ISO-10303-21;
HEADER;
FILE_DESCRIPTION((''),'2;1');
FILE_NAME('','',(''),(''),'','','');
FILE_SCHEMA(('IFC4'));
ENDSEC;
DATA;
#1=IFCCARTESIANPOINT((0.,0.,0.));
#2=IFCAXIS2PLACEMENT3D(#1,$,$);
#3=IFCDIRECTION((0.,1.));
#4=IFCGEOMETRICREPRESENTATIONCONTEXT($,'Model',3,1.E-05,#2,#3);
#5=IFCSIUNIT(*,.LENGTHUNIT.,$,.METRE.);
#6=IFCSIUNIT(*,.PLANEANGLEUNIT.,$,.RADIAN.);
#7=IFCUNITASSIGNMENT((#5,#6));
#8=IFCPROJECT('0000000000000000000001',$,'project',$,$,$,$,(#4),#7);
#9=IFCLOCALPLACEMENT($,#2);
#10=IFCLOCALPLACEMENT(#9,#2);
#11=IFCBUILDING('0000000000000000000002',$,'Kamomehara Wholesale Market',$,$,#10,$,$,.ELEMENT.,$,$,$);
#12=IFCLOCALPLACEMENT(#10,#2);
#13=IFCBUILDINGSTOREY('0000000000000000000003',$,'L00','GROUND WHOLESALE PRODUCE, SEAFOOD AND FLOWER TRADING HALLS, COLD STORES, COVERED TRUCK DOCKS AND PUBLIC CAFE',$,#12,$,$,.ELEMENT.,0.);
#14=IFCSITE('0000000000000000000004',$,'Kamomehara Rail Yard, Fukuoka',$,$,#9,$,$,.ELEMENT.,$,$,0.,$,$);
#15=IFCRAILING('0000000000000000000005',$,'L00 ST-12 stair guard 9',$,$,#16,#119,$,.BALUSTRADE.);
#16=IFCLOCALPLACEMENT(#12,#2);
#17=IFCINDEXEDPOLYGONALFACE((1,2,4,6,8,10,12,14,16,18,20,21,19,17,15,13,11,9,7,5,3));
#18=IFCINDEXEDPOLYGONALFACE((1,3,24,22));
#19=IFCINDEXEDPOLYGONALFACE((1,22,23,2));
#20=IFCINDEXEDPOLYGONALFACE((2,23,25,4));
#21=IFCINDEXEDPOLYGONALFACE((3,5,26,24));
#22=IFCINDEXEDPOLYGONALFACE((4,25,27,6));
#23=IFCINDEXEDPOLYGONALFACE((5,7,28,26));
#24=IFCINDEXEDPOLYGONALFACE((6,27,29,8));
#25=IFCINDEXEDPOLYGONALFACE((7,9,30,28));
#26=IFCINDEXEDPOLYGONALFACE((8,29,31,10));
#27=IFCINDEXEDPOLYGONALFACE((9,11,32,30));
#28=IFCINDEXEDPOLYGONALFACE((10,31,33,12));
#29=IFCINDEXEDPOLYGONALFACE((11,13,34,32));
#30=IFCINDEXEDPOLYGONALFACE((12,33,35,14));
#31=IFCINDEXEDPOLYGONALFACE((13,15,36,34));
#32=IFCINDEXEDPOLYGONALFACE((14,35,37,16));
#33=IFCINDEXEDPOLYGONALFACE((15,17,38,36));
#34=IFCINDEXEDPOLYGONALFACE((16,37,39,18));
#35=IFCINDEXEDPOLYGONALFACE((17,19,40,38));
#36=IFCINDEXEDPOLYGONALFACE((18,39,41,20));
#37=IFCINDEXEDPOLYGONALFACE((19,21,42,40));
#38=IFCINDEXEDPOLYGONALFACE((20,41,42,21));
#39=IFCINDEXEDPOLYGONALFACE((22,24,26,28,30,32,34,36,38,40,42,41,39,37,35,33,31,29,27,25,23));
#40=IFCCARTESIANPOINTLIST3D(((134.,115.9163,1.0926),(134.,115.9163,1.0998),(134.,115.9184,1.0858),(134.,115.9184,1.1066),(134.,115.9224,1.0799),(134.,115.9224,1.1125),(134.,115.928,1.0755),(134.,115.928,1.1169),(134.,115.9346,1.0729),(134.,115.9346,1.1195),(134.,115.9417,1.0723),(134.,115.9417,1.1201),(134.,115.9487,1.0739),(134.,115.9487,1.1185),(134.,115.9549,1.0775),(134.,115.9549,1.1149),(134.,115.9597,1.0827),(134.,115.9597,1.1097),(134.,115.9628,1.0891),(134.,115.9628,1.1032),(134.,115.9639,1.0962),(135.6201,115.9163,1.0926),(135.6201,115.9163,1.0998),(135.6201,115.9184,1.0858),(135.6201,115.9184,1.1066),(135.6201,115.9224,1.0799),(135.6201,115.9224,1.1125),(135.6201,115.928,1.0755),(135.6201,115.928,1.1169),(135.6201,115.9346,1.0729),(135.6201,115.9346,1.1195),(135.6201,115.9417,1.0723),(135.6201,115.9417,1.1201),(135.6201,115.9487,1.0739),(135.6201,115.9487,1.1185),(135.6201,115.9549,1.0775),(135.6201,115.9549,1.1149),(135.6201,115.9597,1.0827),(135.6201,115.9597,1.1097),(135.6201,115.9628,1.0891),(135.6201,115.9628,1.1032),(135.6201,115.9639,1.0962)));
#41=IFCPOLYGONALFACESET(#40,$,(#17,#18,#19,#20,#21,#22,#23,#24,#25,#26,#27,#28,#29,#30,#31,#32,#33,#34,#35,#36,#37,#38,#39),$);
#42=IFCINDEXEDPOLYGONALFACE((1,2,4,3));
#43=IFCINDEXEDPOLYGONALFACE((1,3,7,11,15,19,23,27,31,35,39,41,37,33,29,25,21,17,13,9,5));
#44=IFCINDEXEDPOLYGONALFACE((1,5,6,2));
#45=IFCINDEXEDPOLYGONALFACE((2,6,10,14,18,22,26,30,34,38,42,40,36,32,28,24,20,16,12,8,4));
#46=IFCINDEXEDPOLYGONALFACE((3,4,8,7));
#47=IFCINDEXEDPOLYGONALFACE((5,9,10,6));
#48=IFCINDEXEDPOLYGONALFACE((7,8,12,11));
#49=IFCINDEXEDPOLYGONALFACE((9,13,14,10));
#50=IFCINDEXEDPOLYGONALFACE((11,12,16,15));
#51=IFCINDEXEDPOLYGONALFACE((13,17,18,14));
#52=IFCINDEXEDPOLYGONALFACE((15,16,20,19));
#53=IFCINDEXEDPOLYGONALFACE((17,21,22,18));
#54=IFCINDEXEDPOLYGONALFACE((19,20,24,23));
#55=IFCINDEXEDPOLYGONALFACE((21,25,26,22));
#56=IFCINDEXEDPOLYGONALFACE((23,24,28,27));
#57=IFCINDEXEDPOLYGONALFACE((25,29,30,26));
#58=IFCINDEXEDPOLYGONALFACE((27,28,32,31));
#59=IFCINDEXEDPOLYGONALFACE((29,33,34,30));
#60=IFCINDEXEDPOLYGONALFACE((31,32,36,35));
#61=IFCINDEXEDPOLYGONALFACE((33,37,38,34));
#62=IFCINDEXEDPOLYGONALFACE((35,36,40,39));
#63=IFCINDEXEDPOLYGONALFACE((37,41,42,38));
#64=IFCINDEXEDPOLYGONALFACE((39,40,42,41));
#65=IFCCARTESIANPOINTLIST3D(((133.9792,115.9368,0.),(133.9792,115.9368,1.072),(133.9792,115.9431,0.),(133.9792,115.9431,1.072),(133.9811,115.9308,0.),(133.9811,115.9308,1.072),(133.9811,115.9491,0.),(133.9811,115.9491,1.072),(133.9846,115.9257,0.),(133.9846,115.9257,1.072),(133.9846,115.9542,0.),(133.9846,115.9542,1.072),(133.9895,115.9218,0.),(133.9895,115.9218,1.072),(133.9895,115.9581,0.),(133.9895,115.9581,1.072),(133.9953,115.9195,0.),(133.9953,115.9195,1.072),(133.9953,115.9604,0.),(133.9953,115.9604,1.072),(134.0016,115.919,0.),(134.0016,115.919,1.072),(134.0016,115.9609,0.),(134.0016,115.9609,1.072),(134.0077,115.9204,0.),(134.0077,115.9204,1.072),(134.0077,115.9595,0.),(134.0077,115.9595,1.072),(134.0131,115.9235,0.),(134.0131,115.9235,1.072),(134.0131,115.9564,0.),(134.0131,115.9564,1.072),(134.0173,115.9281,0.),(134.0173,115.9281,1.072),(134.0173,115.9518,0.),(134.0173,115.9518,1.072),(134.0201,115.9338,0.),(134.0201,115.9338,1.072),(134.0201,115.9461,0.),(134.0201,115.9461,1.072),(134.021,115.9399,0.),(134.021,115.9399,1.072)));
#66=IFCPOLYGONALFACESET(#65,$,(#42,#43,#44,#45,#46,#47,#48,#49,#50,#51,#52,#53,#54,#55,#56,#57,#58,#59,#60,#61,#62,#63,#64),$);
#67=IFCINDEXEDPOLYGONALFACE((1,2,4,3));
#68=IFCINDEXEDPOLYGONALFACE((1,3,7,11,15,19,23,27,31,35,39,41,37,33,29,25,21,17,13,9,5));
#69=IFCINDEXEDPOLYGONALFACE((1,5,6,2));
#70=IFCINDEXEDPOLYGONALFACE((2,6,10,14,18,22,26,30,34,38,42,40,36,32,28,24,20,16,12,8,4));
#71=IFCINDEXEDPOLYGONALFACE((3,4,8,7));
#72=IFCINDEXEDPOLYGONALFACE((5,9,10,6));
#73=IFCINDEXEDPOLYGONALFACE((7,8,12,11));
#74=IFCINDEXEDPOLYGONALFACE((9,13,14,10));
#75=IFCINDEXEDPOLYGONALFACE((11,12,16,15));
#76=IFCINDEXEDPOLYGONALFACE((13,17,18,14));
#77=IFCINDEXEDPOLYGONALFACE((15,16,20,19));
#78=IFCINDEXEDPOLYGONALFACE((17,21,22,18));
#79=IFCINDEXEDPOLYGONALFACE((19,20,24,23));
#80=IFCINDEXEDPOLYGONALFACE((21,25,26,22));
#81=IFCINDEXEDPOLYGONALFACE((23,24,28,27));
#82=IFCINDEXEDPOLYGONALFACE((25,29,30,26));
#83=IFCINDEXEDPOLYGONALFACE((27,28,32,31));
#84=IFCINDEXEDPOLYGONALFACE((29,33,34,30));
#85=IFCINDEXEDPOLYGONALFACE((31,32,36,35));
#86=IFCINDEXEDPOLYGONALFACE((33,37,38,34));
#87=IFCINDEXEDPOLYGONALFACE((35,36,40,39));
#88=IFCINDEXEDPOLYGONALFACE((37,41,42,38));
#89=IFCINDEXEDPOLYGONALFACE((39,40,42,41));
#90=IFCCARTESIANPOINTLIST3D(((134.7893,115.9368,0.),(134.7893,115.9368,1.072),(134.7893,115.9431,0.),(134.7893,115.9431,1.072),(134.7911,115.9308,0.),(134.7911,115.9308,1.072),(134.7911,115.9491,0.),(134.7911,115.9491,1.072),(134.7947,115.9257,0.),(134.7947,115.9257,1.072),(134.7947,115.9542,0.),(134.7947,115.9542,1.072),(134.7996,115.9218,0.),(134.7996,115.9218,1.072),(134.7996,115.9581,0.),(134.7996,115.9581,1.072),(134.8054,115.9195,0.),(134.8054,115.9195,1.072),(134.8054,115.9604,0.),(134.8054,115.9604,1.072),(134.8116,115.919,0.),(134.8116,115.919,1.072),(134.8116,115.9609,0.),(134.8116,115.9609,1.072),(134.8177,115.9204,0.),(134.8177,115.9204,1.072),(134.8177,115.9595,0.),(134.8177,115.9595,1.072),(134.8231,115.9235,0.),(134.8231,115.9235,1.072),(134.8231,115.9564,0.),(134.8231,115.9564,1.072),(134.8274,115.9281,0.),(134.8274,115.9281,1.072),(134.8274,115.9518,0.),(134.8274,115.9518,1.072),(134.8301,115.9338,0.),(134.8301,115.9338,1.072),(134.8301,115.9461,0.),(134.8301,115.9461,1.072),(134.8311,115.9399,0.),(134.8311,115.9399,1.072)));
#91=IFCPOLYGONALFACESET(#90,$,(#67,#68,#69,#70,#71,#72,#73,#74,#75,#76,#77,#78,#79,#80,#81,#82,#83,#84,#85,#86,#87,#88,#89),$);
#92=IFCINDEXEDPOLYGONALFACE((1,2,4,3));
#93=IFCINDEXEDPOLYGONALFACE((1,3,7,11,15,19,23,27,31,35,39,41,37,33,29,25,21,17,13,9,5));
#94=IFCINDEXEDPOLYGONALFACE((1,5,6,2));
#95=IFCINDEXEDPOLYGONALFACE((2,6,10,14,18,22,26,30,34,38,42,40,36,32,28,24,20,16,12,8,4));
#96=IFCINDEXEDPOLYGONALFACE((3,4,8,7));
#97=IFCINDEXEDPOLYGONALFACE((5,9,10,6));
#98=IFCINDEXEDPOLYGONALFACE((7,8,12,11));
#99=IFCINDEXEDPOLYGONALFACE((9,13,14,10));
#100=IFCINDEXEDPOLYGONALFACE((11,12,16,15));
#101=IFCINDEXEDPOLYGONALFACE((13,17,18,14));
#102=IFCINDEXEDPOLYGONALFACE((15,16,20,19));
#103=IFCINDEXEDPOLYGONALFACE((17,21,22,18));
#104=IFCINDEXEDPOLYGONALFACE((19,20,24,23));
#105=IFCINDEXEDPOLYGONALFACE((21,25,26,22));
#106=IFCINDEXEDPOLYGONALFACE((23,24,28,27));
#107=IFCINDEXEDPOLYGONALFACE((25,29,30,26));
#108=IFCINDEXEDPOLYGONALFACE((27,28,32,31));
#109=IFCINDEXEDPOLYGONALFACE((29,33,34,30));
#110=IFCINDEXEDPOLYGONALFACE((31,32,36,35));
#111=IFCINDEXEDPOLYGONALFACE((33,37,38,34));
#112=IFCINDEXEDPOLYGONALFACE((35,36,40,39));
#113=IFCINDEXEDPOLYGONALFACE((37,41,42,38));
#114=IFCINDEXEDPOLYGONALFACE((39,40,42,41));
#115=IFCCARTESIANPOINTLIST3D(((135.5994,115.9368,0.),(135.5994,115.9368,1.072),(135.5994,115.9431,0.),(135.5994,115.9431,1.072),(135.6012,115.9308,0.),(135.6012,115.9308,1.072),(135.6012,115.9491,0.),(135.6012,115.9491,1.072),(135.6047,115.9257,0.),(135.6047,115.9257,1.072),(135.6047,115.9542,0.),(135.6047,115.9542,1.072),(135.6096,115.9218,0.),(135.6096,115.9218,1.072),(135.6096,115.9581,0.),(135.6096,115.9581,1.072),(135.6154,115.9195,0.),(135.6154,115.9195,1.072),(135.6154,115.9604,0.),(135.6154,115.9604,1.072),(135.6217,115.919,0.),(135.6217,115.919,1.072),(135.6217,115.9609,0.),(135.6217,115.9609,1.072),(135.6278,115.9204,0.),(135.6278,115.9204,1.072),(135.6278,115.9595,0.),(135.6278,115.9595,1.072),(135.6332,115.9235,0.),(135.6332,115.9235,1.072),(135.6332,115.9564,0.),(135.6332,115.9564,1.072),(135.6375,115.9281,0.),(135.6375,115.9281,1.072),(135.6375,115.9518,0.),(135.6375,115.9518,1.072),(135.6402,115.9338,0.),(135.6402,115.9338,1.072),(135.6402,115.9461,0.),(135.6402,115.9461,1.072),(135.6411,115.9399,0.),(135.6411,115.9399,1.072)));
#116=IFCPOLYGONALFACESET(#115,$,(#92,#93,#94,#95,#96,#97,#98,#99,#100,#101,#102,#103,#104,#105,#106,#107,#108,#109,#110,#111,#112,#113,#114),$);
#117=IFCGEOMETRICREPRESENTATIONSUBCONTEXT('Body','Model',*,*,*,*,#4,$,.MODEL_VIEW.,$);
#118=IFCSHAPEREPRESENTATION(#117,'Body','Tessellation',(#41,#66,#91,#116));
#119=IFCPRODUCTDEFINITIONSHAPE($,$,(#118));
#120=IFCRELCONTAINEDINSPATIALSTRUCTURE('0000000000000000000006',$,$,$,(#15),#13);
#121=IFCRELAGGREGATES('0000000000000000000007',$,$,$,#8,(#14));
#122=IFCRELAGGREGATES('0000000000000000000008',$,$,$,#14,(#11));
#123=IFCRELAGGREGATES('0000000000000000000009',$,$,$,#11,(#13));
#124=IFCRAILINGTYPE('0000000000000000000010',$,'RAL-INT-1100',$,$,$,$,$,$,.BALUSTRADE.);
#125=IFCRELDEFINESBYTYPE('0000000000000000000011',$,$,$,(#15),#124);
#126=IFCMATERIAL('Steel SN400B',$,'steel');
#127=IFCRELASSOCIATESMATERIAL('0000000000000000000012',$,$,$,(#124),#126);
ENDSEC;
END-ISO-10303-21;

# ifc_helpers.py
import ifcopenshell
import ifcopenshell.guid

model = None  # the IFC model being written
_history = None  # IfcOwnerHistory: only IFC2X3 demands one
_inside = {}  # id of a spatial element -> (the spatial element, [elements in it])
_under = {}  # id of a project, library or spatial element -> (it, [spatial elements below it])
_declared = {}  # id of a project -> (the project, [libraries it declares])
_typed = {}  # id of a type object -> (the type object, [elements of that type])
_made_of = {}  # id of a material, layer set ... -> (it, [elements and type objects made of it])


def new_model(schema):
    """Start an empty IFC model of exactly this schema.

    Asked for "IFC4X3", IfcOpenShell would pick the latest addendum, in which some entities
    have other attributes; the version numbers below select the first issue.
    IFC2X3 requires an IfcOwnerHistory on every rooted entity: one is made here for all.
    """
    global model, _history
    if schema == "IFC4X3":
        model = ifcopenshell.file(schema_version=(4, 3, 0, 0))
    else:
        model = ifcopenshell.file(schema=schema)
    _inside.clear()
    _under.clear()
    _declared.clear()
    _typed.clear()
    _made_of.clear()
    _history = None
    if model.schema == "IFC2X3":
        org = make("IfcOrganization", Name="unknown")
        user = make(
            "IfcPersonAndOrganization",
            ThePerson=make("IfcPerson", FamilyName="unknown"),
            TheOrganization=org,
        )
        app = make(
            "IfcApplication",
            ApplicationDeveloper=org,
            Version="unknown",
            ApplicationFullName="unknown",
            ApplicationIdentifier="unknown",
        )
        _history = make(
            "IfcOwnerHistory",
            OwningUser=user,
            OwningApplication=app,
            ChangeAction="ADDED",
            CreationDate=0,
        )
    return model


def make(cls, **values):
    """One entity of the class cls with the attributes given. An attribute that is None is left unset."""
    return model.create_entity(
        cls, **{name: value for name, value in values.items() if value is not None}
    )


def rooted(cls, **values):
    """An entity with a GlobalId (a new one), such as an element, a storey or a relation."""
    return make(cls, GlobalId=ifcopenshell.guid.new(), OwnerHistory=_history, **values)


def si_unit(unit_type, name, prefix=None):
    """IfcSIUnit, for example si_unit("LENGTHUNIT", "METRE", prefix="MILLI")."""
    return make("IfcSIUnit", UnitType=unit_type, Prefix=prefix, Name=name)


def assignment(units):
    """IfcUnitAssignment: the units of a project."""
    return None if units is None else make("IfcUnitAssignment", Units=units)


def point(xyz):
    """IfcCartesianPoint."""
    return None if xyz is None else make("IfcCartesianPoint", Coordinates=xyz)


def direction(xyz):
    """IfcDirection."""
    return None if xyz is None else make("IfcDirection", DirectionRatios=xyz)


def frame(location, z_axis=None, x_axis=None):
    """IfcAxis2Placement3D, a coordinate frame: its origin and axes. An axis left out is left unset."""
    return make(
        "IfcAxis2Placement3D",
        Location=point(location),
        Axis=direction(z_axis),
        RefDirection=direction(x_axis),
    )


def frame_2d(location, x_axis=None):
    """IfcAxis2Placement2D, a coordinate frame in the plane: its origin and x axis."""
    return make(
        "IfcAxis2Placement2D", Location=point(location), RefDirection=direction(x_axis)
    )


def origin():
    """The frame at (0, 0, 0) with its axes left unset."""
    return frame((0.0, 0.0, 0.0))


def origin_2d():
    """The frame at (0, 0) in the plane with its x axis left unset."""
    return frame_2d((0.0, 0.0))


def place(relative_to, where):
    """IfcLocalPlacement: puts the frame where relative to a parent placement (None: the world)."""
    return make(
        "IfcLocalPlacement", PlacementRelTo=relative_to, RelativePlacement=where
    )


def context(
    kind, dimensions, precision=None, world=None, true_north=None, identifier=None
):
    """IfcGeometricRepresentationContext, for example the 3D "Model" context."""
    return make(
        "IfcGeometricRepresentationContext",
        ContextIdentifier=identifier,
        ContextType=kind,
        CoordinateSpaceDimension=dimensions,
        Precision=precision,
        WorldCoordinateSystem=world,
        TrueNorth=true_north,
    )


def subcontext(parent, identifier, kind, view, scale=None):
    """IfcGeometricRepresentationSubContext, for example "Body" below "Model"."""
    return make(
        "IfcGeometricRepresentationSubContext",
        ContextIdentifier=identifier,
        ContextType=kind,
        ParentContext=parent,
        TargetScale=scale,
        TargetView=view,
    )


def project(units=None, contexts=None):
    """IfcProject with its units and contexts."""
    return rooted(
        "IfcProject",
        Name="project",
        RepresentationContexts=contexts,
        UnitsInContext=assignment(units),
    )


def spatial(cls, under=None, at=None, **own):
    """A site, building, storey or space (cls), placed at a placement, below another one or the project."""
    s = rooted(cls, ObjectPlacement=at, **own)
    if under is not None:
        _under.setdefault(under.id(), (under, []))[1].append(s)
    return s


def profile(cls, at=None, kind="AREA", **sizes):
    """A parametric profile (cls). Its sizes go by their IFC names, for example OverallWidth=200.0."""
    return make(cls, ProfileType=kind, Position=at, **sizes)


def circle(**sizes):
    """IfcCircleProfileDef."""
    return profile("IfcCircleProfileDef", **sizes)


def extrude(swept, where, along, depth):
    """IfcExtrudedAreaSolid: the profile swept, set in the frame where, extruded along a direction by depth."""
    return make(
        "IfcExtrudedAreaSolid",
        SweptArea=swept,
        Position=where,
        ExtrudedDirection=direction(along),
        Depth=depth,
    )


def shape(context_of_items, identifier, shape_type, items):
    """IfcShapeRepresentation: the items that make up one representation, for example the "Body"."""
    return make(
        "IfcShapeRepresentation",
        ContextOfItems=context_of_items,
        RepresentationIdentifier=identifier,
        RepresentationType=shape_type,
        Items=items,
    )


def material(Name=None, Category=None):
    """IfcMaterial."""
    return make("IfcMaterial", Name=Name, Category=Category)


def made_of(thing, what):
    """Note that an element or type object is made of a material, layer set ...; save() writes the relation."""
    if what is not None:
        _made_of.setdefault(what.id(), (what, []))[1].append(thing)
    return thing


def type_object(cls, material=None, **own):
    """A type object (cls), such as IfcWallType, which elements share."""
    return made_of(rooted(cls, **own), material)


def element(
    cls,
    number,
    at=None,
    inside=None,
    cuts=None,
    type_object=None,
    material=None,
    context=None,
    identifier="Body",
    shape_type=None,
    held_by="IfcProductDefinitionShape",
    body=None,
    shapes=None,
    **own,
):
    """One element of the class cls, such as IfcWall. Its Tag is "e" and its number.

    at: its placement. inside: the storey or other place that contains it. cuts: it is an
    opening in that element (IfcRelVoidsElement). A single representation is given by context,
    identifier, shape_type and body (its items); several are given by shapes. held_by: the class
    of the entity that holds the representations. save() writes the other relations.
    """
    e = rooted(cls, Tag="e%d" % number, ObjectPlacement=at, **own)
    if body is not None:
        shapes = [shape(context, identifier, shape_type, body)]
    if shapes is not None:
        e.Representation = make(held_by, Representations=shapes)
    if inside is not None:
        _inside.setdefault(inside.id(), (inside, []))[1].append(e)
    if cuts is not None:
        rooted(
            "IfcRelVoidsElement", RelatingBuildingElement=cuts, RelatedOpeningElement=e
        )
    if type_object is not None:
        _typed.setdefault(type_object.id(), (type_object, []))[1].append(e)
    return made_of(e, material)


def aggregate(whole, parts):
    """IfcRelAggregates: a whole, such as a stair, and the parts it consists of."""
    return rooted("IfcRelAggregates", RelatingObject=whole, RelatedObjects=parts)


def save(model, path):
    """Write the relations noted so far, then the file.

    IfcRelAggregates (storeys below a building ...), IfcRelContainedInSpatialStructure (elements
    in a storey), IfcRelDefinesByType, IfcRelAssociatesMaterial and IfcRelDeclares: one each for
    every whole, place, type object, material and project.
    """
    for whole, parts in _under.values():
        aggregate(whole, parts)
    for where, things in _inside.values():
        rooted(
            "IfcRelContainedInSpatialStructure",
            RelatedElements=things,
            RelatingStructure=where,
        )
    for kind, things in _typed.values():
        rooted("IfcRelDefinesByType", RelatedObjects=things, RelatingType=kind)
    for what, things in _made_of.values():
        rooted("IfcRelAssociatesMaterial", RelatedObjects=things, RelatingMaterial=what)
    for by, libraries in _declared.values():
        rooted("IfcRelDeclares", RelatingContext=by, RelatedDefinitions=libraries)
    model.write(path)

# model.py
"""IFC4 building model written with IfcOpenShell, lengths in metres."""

from ifc_helpers import new_model, si_unit, direction, frame, origin, origin_2d, place, context, subcontext, project, spatial, circle, extrude, material, type_object, element, save


model = new_model("IFC4")

# Units and contexts
model_context = context("Model", 3, precision=1e-05, world=origin(), true_north=direction((0.0, 1.0)))
body_context = subcontext(model_context, "Body", "Model", "MODEL_VIEW")
ifc_project = project(units=[si_unit("LENGTHUNIT", "METRE"), si_unit("PLANEANGLEUNIT", "RADIAN")], contexts=[model_context])

# Site, building, storey
site_placement = place(None, origin())
site = spatial("IfcSite", under=ifc_project, at=site_placement, Name="Kamomehara Rail Yard, Fukuoka", CompositionType="ELEMENT", RefElevation=0.0)
building_placement = place(site_placement, origin())
building = spatial("IfcBuilding", under=site, at=building_placement, Name="Kamomehara Wholesale Market", CompositionType="ELEMENT")
storey_placement = place(building_placement, origin())
storey = spatial("IfcBuildingStorey", under=building, at=storey_placement, Name="L00", Description="GROUND WHOLESALE PRODUCE, SEAFOOD AND FLOWER TRADING HALLS, COLD STORES, COVERED TRUCK DOCKS AND PUBLIC CAFE", CompositionType="ELEMENT", Elevation=0.0)

# Railing
ifc_material_1 = material(Name="Steel SN400B", Category="steel")
railing_type_1 = type_object("IfcRailingType", Name="RAL-INT-1100", PredefinedType="BALUSTRADE", material=ifc_material_1)
for number, where, name in (
    (1, (134.0, 115.9399, 0.0), "L00 ST-12 stair guard 9"),
):
    element("IfcRailing", number, at=place(storey_placement, frame(where)), inside=storey, type_object=railing_type_1, Name=name, PredefinedType="BALUSTRADE", context=body_context, shape_type="SweptSolid", body=[
        extrude(circle(Radius=0.0239, at=origin_2d()), frame((0.0, 0.0, 1.0962), z_axis=(1.0, 0.0, 0.0), x_axis=(0.0, 1.0, 0.0)), (0.0, 0.0, 1.0), 1.6201),
        extrude(circle(Radius=0.021, at=origin_2d()), origin(), (0.0, 0.0, 1.0), 1.072),
        extrude(circle(Radius=0.021, at=origin_2d()), frame((0.8101, 0.0, 0.0)), (0.0, 0.0, 1.0), 1.072),
        extrude(circle(Radius=0.021, at=origin_2d()), frame((1.6201, 0.0, 0.0)), (0.0, 0.0, 1.0), 1.072),
    ])

save(model, "model.ifc")
